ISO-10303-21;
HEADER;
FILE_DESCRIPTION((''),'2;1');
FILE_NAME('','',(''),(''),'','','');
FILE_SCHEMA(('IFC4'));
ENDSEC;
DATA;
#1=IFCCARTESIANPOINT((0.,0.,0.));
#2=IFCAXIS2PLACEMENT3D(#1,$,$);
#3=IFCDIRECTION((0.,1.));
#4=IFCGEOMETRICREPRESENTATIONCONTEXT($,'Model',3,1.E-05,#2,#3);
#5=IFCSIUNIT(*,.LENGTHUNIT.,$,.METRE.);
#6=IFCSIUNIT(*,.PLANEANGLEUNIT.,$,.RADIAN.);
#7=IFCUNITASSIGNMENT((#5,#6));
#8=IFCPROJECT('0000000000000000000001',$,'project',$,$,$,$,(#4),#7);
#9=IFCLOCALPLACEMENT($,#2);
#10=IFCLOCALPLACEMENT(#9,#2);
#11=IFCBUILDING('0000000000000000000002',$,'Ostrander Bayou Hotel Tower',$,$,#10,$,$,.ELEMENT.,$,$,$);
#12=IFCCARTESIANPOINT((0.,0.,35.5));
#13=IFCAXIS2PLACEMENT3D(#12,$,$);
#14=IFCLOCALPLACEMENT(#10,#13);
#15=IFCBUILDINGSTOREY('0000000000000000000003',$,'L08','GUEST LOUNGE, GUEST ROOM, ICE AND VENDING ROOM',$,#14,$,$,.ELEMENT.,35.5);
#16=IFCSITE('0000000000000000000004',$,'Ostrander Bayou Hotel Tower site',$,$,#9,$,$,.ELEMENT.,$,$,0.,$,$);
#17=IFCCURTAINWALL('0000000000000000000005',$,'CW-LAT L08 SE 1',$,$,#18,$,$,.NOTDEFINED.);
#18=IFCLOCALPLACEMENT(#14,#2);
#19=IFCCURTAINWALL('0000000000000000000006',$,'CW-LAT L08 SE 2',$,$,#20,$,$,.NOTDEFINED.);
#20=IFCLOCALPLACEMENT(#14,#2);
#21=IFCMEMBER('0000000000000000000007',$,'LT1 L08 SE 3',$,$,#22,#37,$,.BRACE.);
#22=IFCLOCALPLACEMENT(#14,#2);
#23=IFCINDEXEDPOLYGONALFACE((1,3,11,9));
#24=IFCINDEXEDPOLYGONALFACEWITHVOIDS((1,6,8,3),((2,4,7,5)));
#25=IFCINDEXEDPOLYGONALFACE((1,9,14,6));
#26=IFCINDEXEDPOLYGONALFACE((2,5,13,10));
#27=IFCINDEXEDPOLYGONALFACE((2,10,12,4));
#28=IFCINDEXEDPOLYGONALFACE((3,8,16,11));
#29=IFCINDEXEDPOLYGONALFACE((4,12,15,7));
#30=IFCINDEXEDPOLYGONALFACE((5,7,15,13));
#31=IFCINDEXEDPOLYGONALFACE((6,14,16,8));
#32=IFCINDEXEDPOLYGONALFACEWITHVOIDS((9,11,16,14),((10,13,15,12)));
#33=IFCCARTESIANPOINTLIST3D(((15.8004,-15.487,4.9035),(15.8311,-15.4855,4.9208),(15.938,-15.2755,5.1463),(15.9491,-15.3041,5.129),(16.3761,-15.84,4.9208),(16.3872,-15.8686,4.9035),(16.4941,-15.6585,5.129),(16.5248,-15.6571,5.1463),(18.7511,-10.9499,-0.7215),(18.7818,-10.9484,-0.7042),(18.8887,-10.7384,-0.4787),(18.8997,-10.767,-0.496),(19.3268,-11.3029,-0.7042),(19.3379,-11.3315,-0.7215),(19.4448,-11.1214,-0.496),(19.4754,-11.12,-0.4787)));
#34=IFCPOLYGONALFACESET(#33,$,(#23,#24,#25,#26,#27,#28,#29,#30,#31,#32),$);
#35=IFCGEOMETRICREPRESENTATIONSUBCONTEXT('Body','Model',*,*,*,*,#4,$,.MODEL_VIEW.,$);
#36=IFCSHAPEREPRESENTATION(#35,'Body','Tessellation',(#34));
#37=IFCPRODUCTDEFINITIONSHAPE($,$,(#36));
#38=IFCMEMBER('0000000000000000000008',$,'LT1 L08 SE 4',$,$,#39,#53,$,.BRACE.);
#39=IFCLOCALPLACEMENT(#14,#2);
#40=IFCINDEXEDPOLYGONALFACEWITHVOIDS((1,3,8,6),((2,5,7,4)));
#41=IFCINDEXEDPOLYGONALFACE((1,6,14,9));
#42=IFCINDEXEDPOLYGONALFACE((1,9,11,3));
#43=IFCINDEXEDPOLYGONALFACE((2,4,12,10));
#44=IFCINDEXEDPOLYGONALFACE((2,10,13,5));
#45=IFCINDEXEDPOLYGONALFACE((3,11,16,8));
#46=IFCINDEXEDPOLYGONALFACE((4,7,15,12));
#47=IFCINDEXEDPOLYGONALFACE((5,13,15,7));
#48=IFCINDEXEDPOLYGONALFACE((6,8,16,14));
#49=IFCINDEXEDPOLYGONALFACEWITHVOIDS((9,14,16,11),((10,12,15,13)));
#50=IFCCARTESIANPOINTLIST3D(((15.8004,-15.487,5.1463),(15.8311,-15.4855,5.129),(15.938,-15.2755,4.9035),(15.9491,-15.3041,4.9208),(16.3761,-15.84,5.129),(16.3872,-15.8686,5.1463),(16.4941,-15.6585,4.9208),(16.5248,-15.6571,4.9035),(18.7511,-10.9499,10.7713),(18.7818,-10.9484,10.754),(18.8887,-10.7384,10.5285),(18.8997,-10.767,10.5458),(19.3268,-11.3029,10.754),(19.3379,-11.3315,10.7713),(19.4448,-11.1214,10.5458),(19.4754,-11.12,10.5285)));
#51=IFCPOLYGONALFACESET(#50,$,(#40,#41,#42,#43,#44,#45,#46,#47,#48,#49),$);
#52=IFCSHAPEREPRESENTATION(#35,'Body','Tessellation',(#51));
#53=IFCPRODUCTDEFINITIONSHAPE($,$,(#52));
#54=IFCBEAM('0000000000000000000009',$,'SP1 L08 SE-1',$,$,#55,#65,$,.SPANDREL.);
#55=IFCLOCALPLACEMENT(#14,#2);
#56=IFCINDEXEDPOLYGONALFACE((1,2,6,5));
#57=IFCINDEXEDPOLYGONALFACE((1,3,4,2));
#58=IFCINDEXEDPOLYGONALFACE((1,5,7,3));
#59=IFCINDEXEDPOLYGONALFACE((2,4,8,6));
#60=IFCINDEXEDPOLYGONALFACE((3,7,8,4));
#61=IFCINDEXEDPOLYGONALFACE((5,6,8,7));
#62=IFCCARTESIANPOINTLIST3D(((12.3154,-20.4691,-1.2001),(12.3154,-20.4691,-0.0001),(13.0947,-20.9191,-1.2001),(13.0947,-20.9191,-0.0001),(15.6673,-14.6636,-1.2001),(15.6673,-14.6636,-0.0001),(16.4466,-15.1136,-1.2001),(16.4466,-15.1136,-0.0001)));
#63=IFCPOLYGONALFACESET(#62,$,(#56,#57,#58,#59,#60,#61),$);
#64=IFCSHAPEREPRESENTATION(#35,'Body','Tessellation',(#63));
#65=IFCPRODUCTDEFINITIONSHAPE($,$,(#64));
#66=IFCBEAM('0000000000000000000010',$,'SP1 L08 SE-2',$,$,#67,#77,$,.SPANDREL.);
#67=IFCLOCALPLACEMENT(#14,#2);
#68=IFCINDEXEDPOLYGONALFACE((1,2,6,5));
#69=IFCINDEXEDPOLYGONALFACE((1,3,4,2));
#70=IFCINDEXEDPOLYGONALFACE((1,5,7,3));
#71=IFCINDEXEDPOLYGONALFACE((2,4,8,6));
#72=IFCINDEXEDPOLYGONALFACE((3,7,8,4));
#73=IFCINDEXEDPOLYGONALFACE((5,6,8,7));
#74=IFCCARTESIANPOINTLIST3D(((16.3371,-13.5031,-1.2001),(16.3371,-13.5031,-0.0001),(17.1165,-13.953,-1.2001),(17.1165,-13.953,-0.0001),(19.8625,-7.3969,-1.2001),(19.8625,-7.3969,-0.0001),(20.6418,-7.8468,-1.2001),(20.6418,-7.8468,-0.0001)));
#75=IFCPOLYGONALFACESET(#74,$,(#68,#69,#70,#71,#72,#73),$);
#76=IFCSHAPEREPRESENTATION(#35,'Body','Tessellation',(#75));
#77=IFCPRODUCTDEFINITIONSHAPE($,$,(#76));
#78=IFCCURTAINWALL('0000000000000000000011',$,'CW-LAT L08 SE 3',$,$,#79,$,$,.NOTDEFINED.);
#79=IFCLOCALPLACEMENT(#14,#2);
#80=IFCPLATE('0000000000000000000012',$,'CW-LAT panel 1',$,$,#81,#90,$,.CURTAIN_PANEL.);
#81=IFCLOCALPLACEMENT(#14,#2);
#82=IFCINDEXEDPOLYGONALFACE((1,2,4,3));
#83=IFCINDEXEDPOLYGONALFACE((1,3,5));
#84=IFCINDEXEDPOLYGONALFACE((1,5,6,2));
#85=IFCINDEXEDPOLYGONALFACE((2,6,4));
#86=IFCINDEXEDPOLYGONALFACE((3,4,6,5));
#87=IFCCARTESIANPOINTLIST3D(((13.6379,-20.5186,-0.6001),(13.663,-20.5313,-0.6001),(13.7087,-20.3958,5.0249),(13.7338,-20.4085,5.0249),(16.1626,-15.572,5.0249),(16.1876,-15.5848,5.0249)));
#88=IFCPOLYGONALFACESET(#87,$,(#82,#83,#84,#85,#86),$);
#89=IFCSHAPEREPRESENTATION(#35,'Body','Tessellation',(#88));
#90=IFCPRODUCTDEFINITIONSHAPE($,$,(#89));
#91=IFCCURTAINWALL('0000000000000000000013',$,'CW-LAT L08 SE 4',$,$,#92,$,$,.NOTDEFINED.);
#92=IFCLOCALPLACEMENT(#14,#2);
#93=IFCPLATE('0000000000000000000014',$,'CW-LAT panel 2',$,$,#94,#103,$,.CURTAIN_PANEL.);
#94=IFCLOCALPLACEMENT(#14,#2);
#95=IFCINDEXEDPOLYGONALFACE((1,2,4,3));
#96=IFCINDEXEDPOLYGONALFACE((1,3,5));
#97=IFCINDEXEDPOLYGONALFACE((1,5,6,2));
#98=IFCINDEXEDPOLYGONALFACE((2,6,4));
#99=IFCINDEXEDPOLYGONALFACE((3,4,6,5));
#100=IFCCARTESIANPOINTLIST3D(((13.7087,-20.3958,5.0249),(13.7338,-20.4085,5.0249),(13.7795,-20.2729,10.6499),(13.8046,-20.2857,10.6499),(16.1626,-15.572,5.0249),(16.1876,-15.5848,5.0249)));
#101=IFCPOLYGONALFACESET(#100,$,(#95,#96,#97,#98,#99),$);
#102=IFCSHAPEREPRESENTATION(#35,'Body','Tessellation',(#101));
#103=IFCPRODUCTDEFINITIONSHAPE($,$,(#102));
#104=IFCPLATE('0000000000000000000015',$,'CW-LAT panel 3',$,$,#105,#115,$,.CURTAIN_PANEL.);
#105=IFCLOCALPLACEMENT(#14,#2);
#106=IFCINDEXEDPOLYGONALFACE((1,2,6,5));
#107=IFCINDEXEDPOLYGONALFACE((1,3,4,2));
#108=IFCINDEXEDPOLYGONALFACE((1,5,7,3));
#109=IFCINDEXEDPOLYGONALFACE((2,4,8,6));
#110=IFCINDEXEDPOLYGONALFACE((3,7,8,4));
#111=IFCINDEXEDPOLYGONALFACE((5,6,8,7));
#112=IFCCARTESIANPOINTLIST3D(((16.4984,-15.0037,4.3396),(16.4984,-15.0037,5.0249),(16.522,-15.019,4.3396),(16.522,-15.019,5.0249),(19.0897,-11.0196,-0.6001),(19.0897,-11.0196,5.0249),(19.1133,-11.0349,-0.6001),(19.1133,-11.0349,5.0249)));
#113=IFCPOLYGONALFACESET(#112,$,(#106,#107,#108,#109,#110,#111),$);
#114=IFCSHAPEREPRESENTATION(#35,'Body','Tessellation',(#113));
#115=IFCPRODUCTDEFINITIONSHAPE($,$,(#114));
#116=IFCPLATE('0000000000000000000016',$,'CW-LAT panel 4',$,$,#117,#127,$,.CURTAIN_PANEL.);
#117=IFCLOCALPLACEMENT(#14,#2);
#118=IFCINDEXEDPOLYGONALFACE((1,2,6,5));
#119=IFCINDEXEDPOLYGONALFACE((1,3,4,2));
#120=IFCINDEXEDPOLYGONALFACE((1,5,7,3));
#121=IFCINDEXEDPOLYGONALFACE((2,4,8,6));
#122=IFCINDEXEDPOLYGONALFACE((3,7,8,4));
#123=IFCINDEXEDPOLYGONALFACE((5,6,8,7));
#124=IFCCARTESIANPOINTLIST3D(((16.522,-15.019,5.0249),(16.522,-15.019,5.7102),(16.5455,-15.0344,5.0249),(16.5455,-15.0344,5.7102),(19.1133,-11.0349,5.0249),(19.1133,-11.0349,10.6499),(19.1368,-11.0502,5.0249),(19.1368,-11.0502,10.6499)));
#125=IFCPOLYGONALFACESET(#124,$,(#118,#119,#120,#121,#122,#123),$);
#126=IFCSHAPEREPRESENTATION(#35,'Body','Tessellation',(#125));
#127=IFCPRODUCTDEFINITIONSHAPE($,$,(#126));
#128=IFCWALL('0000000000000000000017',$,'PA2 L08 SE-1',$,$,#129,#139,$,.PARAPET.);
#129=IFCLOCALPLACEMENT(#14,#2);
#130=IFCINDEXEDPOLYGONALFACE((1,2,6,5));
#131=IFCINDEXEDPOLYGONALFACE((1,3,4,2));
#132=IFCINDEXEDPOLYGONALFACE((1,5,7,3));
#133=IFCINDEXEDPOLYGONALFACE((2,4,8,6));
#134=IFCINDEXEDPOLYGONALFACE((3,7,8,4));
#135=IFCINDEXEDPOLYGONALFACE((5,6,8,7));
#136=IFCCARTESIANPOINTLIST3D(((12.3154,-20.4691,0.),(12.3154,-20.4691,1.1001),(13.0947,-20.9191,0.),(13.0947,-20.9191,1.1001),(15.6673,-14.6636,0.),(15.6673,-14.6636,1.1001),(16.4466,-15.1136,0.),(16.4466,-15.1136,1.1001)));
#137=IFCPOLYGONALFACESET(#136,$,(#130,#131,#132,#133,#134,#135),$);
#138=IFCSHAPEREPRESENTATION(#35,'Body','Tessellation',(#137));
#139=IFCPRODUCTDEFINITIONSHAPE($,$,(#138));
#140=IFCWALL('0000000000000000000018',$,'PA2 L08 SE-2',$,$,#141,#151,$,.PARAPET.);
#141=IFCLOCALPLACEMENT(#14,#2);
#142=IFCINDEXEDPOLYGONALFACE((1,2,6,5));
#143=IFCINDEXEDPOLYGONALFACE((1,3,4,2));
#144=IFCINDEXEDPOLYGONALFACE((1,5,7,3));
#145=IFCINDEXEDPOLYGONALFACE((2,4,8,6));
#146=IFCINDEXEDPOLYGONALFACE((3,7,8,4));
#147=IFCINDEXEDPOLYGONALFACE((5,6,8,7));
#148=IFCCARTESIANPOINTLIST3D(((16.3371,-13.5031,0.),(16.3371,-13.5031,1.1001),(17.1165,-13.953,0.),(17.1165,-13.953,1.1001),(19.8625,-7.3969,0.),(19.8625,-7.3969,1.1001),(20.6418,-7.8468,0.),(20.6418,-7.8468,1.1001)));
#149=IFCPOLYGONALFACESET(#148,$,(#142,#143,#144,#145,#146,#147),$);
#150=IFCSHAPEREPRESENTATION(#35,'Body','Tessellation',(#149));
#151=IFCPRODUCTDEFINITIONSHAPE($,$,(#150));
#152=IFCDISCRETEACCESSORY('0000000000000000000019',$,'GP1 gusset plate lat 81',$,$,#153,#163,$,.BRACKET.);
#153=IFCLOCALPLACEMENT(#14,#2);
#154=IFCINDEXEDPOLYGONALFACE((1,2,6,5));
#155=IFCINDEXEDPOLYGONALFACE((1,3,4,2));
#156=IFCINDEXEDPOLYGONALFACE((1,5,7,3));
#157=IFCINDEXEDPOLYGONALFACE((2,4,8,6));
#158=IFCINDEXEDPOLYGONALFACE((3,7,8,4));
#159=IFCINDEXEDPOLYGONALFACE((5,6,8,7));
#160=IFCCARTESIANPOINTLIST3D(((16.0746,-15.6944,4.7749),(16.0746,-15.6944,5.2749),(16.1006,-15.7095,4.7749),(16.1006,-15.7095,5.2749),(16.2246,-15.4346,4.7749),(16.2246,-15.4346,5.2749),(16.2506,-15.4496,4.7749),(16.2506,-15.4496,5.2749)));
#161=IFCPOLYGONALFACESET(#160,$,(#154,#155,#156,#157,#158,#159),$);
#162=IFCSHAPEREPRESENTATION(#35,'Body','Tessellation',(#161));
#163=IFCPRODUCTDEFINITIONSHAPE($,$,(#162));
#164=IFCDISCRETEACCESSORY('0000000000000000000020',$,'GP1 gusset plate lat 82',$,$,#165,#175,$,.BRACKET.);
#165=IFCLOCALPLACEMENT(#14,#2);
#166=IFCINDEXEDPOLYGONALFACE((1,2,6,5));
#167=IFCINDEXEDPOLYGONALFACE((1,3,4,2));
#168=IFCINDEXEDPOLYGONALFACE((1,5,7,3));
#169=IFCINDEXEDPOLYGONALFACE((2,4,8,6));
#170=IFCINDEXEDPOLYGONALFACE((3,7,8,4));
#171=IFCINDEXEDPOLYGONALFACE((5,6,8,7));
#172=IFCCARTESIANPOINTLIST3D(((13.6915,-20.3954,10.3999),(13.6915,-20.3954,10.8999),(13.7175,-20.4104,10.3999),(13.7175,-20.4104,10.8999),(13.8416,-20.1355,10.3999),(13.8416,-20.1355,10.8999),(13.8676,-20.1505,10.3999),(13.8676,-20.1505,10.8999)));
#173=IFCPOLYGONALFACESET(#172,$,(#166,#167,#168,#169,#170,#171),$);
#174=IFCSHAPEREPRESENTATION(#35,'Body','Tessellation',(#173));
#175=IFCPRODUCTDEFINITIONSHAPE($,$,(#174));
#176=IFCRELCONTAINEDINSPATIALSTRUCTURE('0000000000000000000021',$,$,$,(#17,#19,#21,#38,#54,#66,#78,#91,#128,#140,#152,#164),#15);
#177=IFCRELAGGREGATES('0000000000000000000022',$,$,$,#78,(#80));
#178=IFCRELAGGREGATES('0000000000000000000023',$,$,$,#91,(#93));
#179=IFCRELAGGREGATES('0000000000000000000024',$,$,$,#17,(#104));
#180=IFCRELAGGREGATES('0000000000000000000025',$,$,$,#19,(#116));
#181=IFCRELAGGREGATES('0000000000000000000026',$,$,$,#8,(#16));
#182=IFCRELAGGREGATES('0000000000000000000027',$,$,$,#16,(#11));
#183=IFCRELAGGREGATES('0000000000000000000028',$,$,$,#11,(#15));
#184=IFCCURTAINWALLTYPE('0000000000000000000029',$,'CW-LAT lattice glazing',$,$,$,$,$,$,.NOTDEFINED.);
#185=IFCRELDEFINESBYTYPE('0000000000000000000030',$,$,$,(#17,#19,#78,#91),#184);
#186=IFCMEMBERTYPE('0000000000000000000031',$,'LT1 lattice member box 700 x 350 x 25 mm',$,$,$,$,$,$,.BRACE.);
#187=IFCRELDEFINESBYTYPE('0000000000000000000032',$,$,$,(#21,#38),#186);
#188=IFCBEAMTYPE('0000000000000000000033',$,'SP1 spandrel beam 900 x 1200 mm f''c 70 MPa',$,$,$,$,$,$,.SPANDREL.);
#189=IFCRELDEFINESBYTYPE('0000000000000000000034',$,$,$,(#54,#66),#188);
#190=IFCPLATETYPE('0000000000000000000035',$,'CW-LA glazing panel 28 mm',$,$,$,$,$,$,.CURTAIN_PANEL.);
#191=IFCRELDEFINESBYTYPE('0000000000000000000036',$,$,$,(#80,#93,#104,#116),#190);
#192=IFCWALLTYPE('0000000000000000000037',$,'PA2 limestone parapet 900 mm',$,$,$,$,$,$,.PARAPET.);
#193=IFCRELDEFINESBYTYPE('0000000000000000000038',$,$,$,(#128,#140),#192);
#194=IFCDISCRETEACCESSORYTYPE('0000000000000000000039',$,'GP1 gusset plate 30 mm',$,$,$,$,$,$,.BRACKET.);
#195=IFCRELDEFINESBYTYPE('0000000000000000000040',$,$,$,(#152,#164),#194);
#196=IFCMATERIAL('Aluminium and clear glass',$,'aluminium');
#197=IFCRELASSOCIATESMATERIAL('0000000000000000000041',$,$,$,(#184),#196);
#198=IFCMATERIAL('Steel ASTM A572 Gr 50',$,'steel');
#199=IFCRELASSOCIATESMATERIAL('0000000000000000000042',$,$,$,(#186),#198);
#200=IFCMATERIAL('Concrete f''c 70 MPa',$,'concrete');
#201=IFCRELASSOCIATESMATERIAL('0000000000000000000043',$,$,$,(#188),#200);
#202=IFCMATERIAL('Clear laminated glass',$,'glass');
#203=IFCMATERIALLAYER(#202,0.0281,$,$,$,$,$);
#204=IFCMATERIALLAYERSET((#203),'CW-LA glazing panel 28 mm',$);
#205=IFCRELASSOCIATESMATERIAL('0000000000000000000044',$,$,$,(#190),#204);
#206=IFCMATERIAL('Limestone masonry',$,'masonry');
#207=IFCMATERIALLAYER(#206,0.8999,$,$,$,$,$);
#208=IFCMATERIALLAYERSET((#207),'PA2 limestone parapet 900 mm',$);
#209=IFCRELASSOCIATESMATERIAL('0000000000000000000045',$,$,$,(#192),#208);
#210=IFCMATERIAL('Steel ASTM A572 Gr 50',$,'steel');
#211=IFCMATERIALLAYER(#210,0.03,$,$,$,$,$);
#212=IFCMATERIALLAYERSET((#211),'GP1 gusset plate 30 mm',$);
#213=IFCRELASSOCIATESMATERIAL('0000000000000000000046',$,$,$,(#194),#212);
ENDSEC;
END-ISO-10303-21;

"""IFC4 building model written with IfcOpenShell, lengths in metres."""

from ifc_helpers import new_model, si_unit, direction, frame, frame_2d, origin, origin_2d, place, context, subcontext, project, spatial, polyline, rectangle, hollow_rectangle, outline, extrude, material, layer, layer_set, material_profile, profile_set, type_object, element, aggregate, save


model = new_model("IFC4")

# Units and contexts
model_context = context("Model", 3, precision=1e-05, world=origin(), true_north=direction((0.0, 1.0)))
body_context = subcontext(model_context, "Body", "Model", "MODEL_VIEW")
ifc_project = project(units=[si_unit("LENGTHUNIT", "METRE"), si_unit("PLANEANGLEUNIT", "RADIAN")], contexts=[model_context])

# Site, building, storey
site_placement = place(None, origin())
site = spatial("IfcSite", under=ifc_project, at=site_placement, Name="Ostrander Bayou Hotel Tower site", CompositionType="ELEMENT", RefElevation=0.0)
building_placement = place(site_placement, origin())
building = spatial("IfcBuilding", under=site, at=building_placement, Name="Ostrander Bayou Hotel Tower", CompositionType="ELEMENT")
storey_placement = place(building_placement, frame((0.0, 0.0, 35.5)))
storey = spatial("IfcBuildingStorey", under=building, at=storey_placement, Name="L08", Description="GUEST LOUNGE, GUEST ROOM, ICE AND VENDING ROOM", CompositionType="ELEMENT", Elevation=35.5)

# Curtain walls
ifc_material_1 = material(Name="Aluminium and clear glass", Category="aluminium")
curtain_wall_type = type_object("IfcCurtainWallType", Name="CW-LAT lattice glazing", PredefinedType="NOTDEFINED", material=ifc_material_1)
curtain_wall_1_placement = place(storey_placement, origin())
curtain_wall_1 = element("IfcCurtainWall", 1, at=curtain_wall_1_placement, inside=storey, type_object=curtain_wall_type, Name="CW-LAT L08 SE 1", PredefinedType="NOTDEFINED")
curtain_wall_2_placement = place(storey_placement, origin())
curtain_wall_2 = element("IfcCurtainWall", 2, at=curtain_wall_2_placement, inside=storey, type_object=curtain_wall_type, Name="CW-LAT L08 SE 2", PredefinedType="NOTDEFINED")

# Members
ifc_material_2 = material(Name="Steel ASTM A572 Gr 50", Category="steel")
ifc_material_profile_1 = material_profile(ifc_material_2, hollow_rectangle(XDim=0.7, YDim=0.3501, WallThickness=0.0249, at=origin_2d()))
ifc_profile_set_1 = profile_set([ifc_material_profile_1], Name="Steel ASTM A572 Gr 50")
member_type_1 = type_object("IfcMemberType", Name="LT1 lattice member box 700 x 350 x 25 mm", PredefinedType="BRACE", material=ifc_profile_set_1)
for number, where, z_axis, x_axis, name in (
    (3, (16.1626, -15.572, 5.0249), (0.378005, 0.581239, -0.720606), (-0.838312, 0.545191, 0.0), "LT1 L08 SE 3"),
    (4, (16.1626, -15.572, 5.0249), (0.378005, 0.581239, 0.720606), (-0.838312, 0.545191, 0.0), "LT1 L08 SE 4"),
):
    element("IfcMember", number, at=place(storey_placement, frame(where, z_axis=z_axis, x_axis=x_axis)), inside=storey, type_object=member_type_1, Name=name, PredefinedType="BRACE", context=body_context, shape_type="SweptSolid", body=[
        extrude(hollow_rectangle(XDim=0.7, YDim=0.3501, WallThickness=0.0249, at=origin_2d()), origin(), (0.0, 0.0, 1.0), 7.8059),
    ])

# Beams
ifc_material_3 = material(Name="Concrete f'c 70 MPa", Category="concrete")
ifc_material_profile_2 = material_profile(ifc_material_3, rectangle(XDim=0.8999, YDim=1.2, at=origin_2d()))
ifc_profile_set_2 = profile_set([ifc_material_profile_2], Name="Concrete f'c 70 MPa")
beam_type_1 = type_object("IfcBeamType", Name="SP1 spandrel beam 900 x 1200 mm f'c 70 MPa", PredefinedType="SPANDREL", material=ifc_profile_set_2)
beam_1_placement = place(storey_placement, frame((12.7051, -20.6941, -0.6001), z_axis=(0.500005, 0.866022, 0.0), x_axis=(-0.866022, 0.500005, 0.0)))
element("IfcBeam", 5, at=beam_1_placement, inside=storey, type_object=beam_type_1, Name="SP1 L08 SE-1", PredefinedType="SPANDREL", context=body_context, shape_type="SweptSolid", body=[
    extrude(rectangle(XDim=0.8999, YDim=1.2, at=origin_2d()), origin(), (0.0, 0.0, 1.0), 6.7036),
])
beam_2_placement = place(storey_placement, frame((16.7268, -13.728, -0.6001), z_axis=(0.499997, 0.866027, 0.0), x_axis=(-0.866027, 0.499997, 0.0)))
element("IfcBeam", 6, at=beam_2_placement, inside=storey, type_object=beam_type_1, Name="SP1 L08 SE-2", PredefinedType="SPANDREL", context=body_context, shape_type="SweptSolid", body=[
    extrude(rectangle(XDim=0.8999, YDim=1.2, at=origin_2d()), origin(), (0.0, 0.0, 1.0), 7.0508),
])

# Curtain walls, plates
curtain_wall_3_placement = place(storey_placement, origin())
curtain_wall_3 = element("IfcCurtainWall", 7, at=curtain_wall_3_placement, inside=storey, type_object=curtain_wall_type, Name="CW-LAT L08 SE 3", PredefinedType="NOTDEFINED")
ifc_material_4 = material(Name="Clear laminated glass", Category="glass")
ifc_layer_1 = layer(ifc_material_4, 0.0281)
ifc_layer_set_1 = layer_set([ifc_layer_1], Name="CW-LA glazing panel 28 mm")
plate_type = type_object("IfcPlateType", Name="CW-LA glazing panel 28 mm", PredefinedType="CURTAIN_PANEL", material=ifc_layer_set_1)
plate_1_placement = place(storey_placement, frame((16.1626, -15.572, 5.0249), z_axis=(-0.891301, 0.45341, 0.00132), x_axis=(-0.319391, -0.625779, -0.711611)))
plate_1 = element("IfcPlate", 8, at=plate_1_placement, type_object=plate_type, Name="CW-LAT panel 1", PredefinedType="CURTAIN_PANEL", context=body_context, shape_type="SweptSolid", body=[
    extrude(outline(polyline([(0.0, 0.0), (7.9046, 0.0), (3.8023, 3.8512), (0.0, 0.0)])), origin(), (0.0, 0.0, -1.0), 0.0281),
])
aggregate(curtain_wall_3, [plate_1])
curtain_wall_4_placement = place(storey_placement, origin())
curtain_wall_4 = element("IfcCurtainWall", 9, at=curtain_wall_4_placement, inside=storey, type_object=curtain_wall_type, Name="CW-LAT L08 SE 4", PredefinedType="NOTDEFINED")
plate_2_placement = place(storey_placement, frame((16.1626, -15.572, 5.0249), z_axis=(-0.891301, 0.45341, 0.00132), x_axis=(-0.309154, -0.609851, 0.72973)))
plate_2 = element("IfcPlate", 10, at=plate_2_placement, type_object=plate_type, Name="CW-LAT panel 2", PredefinedType="CURTAIN_PANEL", context=body_context, shape_type="SweptSolid", body=[
    extrude(outline(polyline([(0.0, 0.0), (7.7083, 0.0), (3.7004, -3.9493), (0.0, 0.0)])), origin(), (0.0, 0.0, -1.0), 0.0281),
])
aggregate(curtain_wall_4, [plate_2])

# Plates
plate_3_placement = place(storey_placement, frame((16.522, -15.019, 4.3396), z_axis=(0.838287, -0.545228, 0.0), x_axis=(0.378026, 0.581215, -0.720615)))
plate_3 = element("IfcPlate", 11, at=plate_3_placement, type_object=plate_type, Name="CW-LAT panel 3", PredefinedType="CURTAIN_PANEL", context=body_context, shape_type="SweptSolid", body=[
    extrude(outline(polyline([(0.0, 0.0), (6.8548, 0.0), (2.8014, 3.9), (-0.4938, 0.4751), (0.0, 0.0)])), origin(), (0.0, 0.0, -1.0), 0.0281),
])
aggregate(curtain_wall_1, [plate_3])
plate_4_placement = place(storey_placement, frame((16.522, -15.019, 5.7102), z_axis=(-0.838287, 0.545228, 0.0), x_axis=(0.378026, 0.581215, 0.720615)))
plate_4 = element("IfcPlate", 12, at=plate_4_placement, type_object=plate_type, Name="CW-LAT panel 4", PredefinedType="CURTAIN_PANEL", context=body_context, shape_type="SweptSolid", body=[
    extrude(outline(polyline([(0.0, 0.0), (6.8548, 0.0), (2.8014, 3.9), (-0.4938, 0.4751), (0.0, 0.0)])), origin(), (0.0, 0.0, -1.0), 0.0281),
])
aggregate(curtain_wall_2, [plate_4])

# Walls
ifc_material_5 = material(Name="Limestone masonry", Category="masonry")
ifc_layer_2 = layer(ifc_material_5, 0.8999)
ifc_layer_set_2 = layer_set([ifc_layer_2], Name="PA2 limestone parapet 900 mm")
wall_type = type_object("IfcWallType", Name="PA2 limestone parapet 900 mm", PredefinedType="PARAPET", material=ifc_layer_set_2)
wall_1_placement = place(storey_placement, frame((12.7051, -20.6941, 0.0), z_axis=(0.0, 0.0, 1.0), x_axis=(0.500005, 0.866022, 0.0)))
element("IfcWall", 13, at=wall_1_placement, inside=storey, type_object=wall_type, Name="PA2 L08 SE-1", PredefinedType="PARAPET", context=body_context, shape_type="SweptSolid", body=[
    extrude(rectangle(XDim=6.7036, YDim=0.8999, at=frame_2d((3.3518, 0.0))), origin(), (0.0, 0.0, 1.0), 1.1001),
])
wall_2_placement = place(storey_placement, frame((16.7268, -13.728, 0.0), z_axis=(0.0, 0.0, 1.0), x_axis=(0.499997, 0.866027, 0.0)))
element("IfcWall", 14, at=wall_2_placement, inside=storey, type_object=wall_type, Name="PA2 L08 SE-2", PredefinedType="PARAPET", context=body_context, shape_type="SweptSolid", body=[
    extrude(rectangle(XDim=7.0508, YDim=0.8999, at=frame_2d((3.5254, 0.0))), origin(), (0.0, 0.0, 1.0), 1.1001),
])

# Discrete accessories
ifc_material_6 = material(Name="Steel ASTM A572 Gr 50", Category="steel")
ifc_layer_3 = layer(ifc_material_6, 0.03)
ifc_layer_set_3 = layer_set([ifc_layer_3], Name="GP1 gusset plate 30 mm")
discrete_accessory_type = type_object("IfcDiscreteAccessoryType", Name="GP1 gusset plate 30 mm", PredefinedType="BRACKET", material=ifc_layer_set_3)
for number, where, z_axis, x_axis, name in (
    (15, (16.1626, -15.572, 4.7749), (0.0, 0.0, 1.0), (0.5, 0.866025, 0.0), "GP1 gusset plate lat 81"),
    (16, (13.7795, -20.2729, 10.3999), (0.0, 0.0, 1.0), (0.5, 0.866025, 0.0), "GP1 gusset plate lat 82"),
):
    element("IfcDiscreteAccessory", number, at=place(storey_placement, frame(where, z_axis=z_axis, x_axis=x_axis)), inside=storey, type_object=discrete_accessory_type, Name=name, PredefinedType="BRACKET", context=body_context, shape_type="SweptSolid", body=[
        extrude(rectangle(XDim=0.3, YDim=0.03, at=origin_2d()), origin(), (0.0, 0.0, 1.0), 0.5),
    ])

save(model, "model.ifc")
